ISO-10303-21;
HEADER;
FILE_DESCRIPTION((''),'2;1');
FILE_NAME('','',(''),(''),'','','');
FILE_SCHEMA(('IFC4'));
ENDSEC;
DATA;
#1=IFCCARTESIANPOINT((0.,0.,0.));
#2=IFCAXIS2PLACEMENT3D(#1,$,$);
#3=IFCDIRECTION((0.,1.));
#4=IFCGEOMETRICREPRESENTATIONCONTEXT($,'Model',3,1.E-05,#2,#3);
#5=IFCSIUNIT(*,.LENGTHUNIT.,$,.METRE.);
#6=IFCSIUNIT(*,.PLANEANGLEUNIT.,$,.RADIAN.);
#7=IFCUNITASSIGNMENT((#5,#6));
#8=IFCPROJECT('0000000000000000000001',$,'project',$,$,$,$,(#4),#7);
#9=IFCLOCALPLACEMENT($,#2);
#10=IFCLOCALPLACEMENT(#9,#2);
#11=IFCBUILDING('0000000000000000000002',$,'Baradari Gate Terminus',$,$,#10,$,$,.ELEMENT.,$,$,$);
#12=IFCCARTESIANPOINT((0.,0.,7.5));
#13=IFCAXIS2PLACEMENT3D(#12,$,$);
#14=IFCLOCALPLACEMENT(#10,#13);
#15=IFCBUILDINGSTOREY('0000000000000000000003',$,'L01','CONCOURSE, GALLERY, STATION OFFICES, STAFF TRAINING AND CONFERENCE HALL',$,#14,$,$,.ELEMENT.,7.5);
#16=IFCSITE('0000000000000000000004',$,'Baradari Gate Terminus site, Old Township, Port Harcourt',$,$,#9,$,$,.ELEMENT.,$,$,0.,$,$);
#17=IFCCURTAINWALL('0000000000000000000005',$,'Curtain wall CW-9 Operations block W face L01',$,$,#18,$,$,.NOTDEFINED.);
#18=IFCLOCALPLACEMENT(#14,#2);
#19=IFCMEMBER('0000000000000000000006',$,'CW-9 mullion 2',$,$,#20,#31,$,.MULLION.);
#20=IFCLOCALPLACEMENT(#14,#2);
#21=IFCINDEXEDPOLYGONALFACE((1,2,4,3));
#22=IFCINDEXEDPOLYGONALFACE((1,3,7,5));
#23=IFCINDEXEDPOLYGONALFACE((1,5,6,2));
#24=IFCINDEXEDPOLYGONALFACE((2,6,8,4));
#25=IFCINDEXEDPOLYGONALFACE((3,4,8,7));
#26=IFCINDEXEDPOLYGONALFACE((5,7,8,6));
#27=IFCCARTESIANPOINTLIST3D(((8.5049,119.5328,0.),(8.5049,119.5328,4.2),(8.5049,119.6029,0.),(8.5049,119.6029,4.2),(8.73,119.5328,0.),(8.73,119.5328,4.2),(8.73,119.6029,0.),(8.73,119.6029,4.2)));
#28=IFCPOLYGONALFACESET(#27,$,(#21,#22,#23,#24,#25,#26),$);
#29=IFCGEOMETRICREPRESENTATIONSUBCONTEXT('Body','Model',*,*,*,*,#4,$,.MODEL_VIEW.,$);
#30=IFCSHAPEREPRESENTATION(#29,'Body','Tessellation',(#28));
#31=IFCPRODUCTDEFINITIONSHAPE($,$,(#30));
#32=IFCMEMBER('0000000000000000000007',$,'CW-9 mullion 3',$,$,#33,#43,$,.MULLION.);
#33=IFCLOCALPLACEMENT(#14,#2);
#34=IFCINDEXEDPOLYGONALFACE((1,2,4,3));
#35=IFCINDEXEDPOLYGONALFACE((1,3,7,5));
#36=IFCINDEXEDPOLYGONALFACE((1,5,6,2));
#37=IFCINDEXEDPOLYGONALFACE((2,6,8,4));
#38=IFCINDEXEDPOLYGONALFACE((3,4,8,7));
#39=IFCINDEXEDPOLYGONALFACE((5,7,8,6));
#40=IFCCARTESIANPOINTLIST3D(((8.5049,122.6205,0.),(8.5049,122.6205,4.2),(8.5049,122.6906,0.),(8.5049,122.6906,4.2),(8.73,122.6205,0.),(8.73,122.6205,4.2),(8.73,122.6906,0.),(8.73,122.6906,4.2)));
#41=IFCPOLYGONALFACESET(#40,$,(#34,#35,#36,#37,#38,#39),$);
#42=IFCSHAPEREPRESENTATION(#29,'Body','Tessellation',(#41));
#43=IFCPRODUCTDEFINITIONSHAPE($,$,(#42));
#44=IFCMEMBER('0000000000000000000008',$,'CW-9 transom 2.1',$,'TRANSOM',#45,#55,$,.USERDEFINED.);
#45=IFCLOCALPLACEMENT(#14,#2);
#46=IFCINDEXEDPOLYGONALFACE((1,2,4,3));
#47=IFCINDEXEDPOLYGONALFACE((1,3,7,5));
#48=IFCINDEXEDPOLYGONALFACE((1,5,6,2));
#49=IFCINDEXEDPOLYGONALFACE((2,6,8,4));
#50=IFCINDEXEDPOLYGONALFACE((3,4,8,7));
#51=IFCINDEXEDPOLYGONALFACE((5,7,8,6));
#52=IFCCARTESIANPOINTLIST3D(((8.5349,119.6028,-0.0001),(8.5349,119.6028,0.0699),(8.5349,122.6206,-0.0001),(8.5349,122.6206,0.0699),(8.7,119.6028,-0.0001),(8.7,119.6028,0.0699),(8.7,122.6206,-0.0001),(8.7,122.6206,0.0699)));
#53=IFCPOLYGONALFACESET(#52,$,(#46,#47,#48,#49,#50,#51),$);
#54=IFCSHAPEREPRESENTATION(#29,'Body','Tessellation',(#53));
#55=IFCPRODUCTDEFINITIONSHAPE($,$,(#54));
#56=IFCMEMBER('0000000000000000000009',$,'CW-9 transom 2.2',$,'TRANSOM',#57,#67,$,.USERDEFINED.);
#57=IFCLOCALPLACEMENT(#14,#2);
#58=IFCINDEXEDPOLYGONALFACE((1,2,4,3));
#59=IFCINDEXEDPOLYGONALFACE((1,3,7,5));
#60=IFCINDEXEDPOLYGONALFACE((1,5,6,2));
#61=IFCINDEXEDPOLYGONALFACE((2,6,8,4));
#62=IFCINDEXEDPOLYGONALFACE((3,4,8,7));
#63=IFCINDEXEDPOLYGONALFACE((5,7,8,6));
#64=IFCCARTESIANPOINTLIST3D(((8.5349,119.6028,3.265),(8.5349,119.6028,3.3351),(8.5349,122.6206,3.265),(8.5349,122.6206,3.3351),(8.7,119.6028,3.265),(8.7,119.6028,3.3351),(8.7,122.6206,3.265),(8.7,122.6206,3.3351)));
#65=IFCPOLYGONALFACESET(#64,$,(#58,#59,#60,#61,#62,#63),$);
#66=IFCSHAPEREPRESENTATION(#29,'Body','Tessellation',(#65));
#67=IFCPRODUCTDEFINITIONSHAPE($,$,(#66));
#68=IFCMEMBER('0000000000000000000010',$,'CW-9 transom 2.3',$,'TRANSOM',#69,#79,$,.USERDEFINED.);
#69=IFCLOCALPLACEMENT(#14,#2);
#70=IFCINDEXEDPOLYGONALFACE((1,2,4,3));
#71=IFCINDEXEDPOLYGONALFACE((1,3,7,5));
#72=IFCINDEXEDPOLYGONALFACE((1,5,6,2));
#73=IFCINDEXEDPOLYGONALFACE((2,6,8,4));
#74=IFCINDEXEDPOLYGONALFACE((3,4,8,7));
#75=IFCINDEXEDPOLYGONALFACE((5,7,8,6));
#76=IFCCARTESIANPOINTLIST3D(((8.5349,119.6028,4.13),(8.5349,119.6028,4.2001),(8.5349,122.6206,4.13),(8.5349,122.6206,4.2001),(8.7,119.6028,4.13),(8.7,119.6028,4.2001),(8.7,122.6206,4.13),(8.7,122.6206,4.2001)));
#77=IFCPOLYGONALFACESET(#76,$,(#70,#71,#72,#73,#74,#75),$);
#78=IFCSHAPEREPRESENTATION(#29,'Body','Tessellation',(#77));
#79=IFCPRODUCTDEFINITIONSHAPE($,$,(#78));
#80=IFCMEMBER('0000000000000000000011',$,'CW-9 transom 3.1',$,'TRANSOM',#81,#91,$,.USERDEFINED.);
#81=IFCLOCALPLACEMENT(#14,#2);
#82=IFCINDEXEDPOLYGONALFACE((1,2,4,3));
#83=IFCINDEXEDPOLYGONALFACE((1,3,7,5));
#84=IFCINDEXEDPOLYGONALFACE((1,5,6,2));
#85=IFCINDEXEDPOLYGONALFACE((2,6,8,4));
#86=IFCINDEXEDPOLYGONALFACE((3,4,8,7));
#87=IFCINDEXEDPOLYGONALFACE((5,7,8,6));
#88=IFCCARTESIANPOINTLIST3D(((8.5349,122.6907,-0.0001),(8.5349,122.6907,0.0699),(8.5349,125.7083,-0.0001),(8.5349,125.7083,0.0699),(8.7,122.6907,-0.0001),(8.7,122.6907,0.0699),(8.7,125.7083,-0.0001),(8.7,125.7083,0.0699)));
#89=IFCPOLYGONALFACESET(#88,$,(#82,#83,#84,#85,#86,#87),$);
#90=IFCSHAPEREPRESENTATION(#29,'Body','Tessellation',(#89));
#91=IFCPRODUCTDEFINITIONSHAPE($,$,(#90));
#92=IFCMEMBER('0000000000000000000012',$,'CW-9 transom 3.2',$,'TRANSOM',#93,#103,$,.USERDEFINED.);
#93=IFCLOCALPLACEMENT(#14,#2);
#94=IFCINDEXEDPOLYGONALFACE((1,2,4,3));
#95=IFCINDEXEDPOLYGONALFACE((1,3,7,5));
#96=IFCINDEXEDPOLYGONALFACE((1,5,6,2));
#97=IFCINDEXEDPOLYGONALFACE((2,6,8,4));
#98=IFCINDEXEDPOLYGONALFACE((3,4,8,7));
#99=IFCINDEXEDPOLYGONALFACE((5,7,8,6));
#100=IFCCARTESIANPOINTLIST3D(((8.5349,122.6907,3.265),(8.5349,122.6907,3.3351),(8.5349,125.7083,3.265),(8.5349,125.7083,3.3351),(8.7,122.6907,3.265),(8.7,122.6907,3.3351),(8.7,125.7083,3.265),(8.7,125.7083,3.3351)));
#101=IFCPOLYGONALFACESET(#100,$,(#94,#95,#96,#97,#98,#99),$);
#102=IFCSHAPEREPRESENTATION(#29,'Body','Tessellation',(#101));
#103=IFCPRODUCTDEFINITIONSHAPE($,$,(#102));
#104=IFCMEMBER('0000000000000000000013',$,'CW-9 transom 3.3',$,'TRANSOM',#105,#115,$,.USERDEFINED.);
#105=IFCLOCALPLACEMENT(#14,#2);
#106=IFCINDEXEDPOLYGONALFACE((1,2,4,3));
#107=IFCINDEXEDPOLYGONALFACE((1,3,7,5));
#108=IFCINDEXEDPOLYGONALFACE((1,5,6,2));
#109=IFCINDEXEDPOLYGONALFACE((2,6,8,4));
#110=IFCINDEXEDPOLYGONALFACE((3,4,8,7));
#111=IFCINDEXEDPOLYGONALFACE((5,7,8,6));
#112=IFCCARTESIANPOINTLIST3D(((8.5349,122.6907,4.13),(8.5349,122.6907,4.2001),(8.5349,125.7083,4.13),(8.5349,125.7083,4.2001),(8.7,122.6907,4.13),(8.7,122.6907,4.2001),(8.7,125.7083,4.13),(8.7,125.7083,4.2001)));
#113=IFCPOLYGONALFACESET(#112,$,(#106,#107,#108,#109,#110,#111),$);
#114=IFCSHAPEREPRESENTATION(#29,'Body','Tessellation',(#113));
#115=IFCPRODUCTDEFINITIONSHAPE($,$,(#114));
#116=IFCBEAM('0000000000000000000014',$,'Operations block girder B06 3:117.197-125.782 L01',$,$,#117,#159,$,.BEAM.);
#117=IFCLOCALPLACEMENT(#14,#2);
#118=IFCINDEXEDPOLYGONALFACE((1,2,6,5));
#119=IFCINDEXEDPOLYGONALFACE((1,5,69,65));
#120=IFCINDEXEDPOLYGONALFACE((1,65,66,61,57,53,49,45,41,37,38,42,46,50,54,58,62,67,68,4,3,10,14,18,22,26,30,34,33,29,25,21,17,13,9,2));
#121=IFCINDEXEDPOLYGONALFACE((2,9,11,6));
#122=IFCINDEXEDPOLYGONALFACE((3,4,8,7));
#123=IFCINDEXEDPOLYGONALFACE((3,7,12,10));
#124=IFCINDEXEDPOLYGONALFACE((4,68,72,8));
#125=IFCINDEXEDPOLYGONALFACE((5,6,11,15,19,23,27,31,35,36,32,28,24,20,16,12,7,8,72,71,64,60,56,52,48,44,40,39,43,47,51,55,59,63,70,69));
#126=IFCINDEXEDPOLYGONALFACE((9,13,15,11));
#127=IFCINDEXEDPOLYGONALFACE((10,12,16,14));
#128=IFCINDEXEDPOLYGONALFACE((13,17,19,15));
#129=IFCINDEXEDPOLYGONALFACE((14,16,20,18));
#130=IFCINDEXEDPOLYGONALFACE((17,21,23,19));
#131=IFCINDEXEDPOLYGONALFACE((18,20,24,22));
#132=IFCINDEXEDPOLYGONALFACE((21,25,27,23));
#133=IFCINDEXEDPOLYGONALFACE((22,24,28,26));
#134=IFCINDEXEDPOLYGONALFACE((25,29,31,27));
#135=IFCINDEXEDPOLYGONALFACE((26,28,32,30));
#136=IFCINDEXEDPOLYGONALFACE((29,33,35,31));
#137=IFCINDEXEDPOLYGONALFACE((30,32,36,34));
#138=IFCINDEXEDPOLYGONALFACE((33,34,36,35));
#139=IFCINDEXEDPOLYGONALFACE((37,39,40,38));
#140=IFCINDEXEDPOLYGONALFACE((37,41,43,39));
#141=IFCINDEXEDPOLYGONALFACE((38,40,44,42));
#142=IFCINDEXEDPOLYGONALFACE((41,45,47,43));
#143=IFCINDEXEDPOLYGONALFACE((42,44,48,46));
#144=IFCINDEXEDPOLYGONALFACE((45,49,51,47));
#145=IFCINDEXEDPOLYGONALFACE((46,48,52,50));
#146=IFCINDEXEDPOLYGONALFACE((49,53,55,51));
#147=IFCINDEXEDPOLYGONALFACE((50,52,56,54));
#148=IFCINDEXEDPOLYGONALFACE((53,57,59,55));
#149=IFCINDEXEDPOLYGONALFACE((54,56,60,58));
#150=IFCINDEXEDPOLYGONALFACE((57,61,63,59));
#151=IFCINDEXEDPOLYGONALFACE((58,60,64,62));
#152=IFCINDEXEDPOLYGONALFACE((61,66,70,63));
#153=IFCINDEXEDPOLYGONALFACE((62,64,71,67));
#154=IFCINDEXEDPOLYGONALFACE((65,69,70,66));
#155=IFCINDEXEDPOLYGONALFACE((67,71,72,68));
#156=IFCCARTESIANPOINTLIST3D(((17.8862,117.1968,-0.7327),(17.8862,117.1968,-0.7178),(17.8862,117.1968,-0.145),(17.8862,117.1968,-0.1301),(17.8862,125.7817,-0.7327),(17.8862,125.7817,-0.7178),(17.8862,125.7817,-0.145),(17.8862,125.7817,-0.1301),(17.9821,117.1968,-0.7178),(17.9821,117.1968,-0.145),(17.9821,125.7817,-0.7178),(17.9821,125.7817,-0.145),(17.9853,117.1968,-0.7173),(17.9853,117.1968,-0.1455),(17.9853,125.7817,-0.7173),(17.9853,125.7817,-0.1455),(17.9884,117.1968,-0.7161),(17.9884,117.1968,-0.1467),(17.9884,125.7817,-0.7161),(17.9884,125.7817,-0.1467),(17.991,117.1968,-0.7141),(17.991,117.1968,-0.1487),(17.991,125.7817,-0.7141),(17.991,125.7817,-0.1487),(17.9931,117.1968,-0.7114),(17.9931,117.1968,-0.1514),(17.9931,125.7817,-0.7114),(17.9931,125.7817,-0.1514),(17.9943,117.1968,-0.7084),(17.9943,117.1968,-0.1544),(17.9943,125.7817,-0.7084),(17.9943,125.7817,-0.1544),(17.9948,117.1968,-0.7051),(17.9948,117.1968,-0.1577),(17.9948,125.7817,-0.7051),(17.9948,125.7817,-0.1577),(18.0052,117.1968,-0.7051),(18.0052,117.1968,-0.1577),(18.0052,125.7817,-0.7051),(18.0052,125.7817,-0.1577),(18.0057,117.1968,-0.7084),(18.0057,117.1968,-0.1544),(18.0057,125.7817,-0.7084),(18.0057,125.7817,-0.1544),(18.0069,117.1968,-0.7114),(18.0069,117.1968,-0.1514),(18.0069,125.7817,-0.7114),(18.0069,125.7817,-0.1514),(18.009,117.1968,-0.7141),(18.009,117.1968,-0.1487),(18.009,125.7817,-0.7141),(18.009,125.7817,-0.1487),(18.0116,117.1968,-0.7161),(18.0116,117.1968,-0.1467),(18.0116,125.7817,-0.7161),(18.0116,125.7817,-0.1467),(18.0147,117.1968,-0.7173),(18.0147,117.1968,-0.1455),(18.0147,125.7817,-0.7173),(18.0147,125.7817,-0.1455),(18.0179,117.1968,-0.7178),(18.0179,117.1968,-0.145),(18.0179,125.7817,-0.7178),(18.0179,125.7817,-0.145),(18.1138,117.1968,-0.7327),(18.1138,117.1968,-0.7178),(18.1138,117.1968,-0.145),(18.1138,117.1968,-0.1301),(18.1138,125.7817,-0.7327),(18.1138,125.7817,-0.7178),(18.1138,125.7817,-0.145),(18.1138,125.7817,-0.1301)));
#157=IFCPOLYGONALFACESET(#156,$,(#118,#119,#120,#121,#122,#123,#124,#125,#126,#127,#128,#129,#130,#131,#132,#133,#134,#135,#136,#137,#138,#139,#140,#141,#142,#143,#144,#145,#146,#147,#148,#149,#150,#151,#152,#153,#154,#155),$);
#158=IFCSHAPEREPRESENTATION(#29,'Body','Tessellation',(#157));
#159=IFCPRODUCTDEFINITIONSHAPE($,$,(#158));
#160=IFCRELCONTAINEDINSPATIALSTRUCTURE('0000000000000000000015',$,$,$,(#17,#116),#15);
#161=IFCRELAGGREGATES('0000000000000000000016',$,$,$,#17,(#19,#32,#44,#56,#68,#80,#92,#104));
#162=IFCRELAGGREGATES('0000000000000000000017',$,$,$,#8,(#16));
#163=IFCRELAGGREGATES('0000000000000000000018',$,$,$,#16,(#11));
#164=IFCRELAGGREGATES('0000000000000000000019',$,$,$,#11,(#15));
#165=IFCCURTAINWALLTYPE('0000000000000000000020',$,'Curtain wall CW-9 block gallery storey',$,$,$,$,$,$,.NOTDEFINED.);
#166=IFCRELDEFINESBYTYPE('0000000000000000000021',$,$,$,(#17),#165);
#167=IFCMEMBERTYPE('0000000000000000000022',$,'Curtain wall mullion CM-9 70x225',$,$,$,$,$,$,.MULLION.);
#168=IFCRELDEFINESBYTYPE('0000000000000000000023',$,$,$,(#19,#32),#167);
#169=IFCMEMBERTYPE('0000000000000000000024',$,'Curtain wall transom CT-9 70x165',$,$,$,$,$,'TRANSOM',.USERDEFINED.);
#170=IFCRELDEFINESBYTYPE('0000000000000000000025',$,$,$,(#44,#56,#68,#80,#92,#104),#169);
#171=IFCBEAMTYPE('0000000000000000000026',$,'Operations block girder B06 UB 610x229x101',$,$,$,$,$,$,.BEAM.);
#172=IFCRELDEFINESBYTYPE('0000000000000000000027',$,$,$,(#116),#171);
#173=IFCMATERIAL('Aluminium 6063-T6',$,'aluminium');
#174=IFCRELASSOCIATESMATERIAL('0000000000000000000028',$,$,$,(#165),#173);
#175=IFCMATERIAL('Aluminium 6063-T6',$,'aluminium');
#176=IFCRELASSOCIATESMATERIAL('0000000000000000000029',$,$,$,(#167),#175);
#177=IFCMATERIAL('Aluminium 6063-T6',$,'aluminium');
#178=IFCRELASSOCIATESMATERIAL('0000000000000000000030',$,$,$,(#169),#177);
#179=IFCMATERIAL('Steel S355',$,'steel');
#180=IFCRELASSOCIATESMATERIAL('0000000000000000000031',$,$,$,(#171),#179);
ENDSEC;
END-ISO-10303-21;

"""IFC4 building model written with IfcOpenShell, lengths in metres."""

from ifc_helpers import new_model, si_unit, direction, frame, origin, origin_2d, place, context, subcontext, project, spatial, rectangle, i_section, extrude, material, material_profile, profile_set, type_object, element, aggregate, save


model = new_model("IFC4")

# Units and contexts
model_context = context("Model", 3, precision=1e-05, world=origin(), true_north=direction((0.0, 1.0)))
body_context = subcontext(model_context, "Body", "Model", "MODEL_VIEW")
ifc_project = project(units=[si_unit("LENGTHUNIT", "METRE"), si_unit("PLANEANGLEUNIT", "RADIAN")], contexts=[model_context])

# Site, building, storey
site_placement = place(None, origin())
site = spatial("IfcSite", under=ifc_project, at=site_placement, Name="Baradari Gate Terminus site, Old Township, Port Harcourt", CompositionType="ELEMENT", RefElevation=0.0)
building_placement = place(site_placement, origin())
building = spatial("IfcBuilding", under=site, at=building_placement, Name="Baradari Gate Terminus", CompositionType="ELEMENT")
storey_placement = place(building_placement, frame((0.0, 0.0, 7.5)))
storey = spatial("IfcBuildingStorey", under=building, at=storey_placement, Name="L01", Description="CONCOURSE, GALLERY, STATION OFFICES, STAFF TRAINING AND CONFERENCE HALL", CompositionType="ELEMENT", Elevation=7.5)

# Curtain wall, members
ifc_material_1 = material(Name="Aluminium 6063-T6", Category="aluminium")
curtain_wall_type = type_object("IfcCurtainWallType", Name="Curtain wall CW-9 block gallery storey", PredefinedType="NOTDEFINED", material=ifc_material_1)
curtain_wall_placement = place(storey_placement, origin())
curtain_wall = element("IfcCurtainWall", 1, at=curtain_wall_placement, inside=storey, type_object=curtain_wall_type, Name="Curtain wall CW-9 Operations block W face L01", PredefinedType="NOTDEFINED")
ifc_material_2 = material(Name="Aluminium 6063-T6", Category="aluminium")
ifc_material_profile_1 = material_profile(ifc_material_2, rectangle(XDim=0.2251, YDim=0.0701, at=origin_2d()), Name="CM-9 70X225")
ifc_profile_set_1 = profile_set([ifc_material_profile_1], Name="Aluminium 6063-T6")
member_type_1 = type_object("IfcMemberType", Name="Curtain wall mullion CM-9 70x225", PredefinedType="MULLION", material=ifc_profile_set_1)
member_1_placement = place(storey_placement, frame((8.6174, 119.5679, 0.0), z_axis=(0.0, 0.0, 1.0), x_axis=(-1.0, 0.0, 0.0)))
member_1 = element("IfcMember", 2, at=member_1_placement, type_object=member_type_1, Name="CW-9 mullion 2", PredefinedType="MULLION", context=body_context, shape_type="SweptSolid", body=[
    extrude(rectangle(XDim=0.2251, YDim=0.0701, at=origin_2d()), origin(), (0.0, 0.0, 1.0), 4.2),
])
member_2_placement = place(storey_placement, frame((8.6174, 122.6555, 0.0), z_axis=(0.0, 0.0, 1.0), x_axis=(-1.0, 0.0, 0.0)))
member_2 = element("IfcMember", 3, at=member_2_placement, type_object=member_type_1, Name="CW-9 mullion 3", PredefinedType="MULLION", context=body_context, shape_type="SweptSolid", body=[
    extrude(rectangle(XDim=0.2251, YDim=0.0701, at=origin_2d()), origin(), (0.0, 0.0, 1.0), 4.2),
])
ifc_material_3 = material(Name="Aluminium 6063-T6", Category="aluminium")
ifc_material_profile_2 = material_profile(ifc_material_3, rectangle(XDim=0.165, YDim=0.0701, at=origin_2d()), Name="CT-9 70X165")
ifc_profile_set_2 = profile_set([ifc_material_profile_2], Name="Aluminium 6063-T6")
member_type_2 = type_object("IfcMemberType", Name="Curtain wall transom CT-9 70x165", ElementType="TRANSOM", PredefinedType="USERDEFINED", material=ifc_profile_set_2)
member_3_placement = place(storey_placement, frame((8.6174, 119.6028, 0.0349), z_axis=(0.0, 1.0, 0.0), x_axis=(-1.0, 0.0, 0.0)))
member_3 = element("IfcMember", 4, at=member_3_placement, type_object=member_type_2, Name="CW-9 transom 2.1", ObjectType="TRANSOM", PredefinedType="USERDEFINED", context=body_context, shape_type="SweptSolid", body=[
    extrude(rectangle(XDim=0.165, YDim=0.0701, at=origin_2d()), origin(), (0.0, 0.0, 1.0), 3.0178),
])
member_4_placement = place(storey_placement, frame((8.6174, 119.6028, 3.3), z_axis=(0.0, 1.0, 0.0), x_axis=(-1.0, 0.0, 0.0)))
member_4 = element("IfcMember", 5, at=member_4_placement, type_object=member_type_2, Name="CW-9 transom 2.2", ObjectType="TRANSOM", PredefinedType="USERDEFINED", context=body_context, shape_type="SweptSolid", body=[
    extrude(rectangle(XDim=0.165, YDim=0.0701, at=origin_2d()), origin(), (0.0, 0.0, 1.0), 3.0178),
])
member_5_placement = place(storey_placement, frame((8.6174, 119.6028, 4.165), z_axis=(0.0, 1.0, 0.0), x_axis=(-1.0, 0.0, 0.0)))
member_5 = element("IfcMember", 6, at=member_5_placement, type_object=member_type_2, Name="CW-9 transom 2.3", ObjectType="TRANSOM", PredefinedType="USERDEFINED", context=body_context, shape_type="SweptSolid", body=[
    extrude(rectangle(XDim=0.165, YDim=0.0701, at=origin_2d()), origin(), (0.0, 0.0, 1.0), 3.0178),
])
member_6_placement = place(storey_placement, frame((8.6174, 122.6907, 0.0349), z_axis=(0.0, 1.0, 0.0), x_axis=(-1.0, 0.0, 0.0)))
member_6 = element("IfcMember", 7, at=member_6_placement, type_object=member_type_2, Name="CW-9 transom 3.1", ObjectType="TRANSOM", PredefinedType="USERDEFINED", context=body_context, shape_type="SweptSolid", body=[
    extrude(rectangle(XDim=0.165, YDim=0.0701, at=origin_2d()), origin(), (0.0, 0.0, 1.0), 3.0176),
])
member_7_placement = place(storey_placement, frame((8.6174, 122.6907, 3.3), z_axis=(0.0, 1.0, 0.0), x_axis=(-1.0, 0.0, 0.0)))
member_7 = element("IfcMember", 8, at=member_7_placement, type_object=member_type_2, Name="CW-9 transom 3.2", ObjectType="TRANSOM", PredefinedType="USERDEFINED", context=body_context, shape_type="SweptSolid", body=[
    extrude(rectangle(XDim=0.165, YDim=0.0701, at=origin_2d()), origin(), (0.0, 0.0, 1.0), 3.0176),
])
member_8_placement = place(storey_placement, frame((8.6174, 122.6907, 4.165), z_axis=(0.0, 1.0, 0.0), x_axis=(-1.0, 0.0, 0.0)))
member_8 = element("IfcMember", 9, at=member_8_placement, type_object=member_type_2, Name="CW-9 transom 3.3", ObjectType="TRANSOM", PredefinedType="USERDEFINED", context=body_context, shape_type="SweptSolid", body=[
    extrude(rectangle(XDim=0.165, YDim=0.0701, at=origin_2d()), origin(), (0.0, 0.0, 1.0), 3.0176),
])

# Beam
ifc_material_4 = material(Name="Steel S355", Category="steel")
ifc_material_profile_3 = material_profile(ifc_material_4, i_section(OverallWidth=0.2275, OverallDepth=0.6025, WebThickness=0.0105, FlangeThickness=0.0149, FilletRadius=0.0127, at=origin_2d()), Name="UB 610x229x101")
ifc_profile_set_3 = profile_set([ifc_material_profile_3], Name="Steel S355")
beam_type_1 = type_object("IfcBeamType", Name="Operations block girder B06 UB 610x229x101", PredefinedType="BEAM", material=ifc_profile_set_3)
beam_1_placement = place(storey_placement, frame((18.0, 117.1968, -0.4314), z_axis=(0.0, 1.0, 0.0), x_axis=(-1.0, 0.0, 0.0)))
element("IfcBeam", 10, at=beam_1_placement, inside=storey, type_object=beam_type_1, Name="Operations block girder B06 3:117.197-125.782 L01", PredefinedType="BEAM", context=body_context, shape_type="SweptSolid", body=[
    extrude(i_section(OverallWidth=0.2275, OverallDepth=0.6025, WebThickness=0.0105, FlangeThickness=0.0149, FilletRadius=0.0127, at=origin_2d()), origin(), (0.0, 0.0, 1.0), 8.585),
])

aggregate(curtain_wall, [member_1, member_2, member_3, member_4, member_5, member_6, member_7, member_8])

save(model, "model.ifc")
